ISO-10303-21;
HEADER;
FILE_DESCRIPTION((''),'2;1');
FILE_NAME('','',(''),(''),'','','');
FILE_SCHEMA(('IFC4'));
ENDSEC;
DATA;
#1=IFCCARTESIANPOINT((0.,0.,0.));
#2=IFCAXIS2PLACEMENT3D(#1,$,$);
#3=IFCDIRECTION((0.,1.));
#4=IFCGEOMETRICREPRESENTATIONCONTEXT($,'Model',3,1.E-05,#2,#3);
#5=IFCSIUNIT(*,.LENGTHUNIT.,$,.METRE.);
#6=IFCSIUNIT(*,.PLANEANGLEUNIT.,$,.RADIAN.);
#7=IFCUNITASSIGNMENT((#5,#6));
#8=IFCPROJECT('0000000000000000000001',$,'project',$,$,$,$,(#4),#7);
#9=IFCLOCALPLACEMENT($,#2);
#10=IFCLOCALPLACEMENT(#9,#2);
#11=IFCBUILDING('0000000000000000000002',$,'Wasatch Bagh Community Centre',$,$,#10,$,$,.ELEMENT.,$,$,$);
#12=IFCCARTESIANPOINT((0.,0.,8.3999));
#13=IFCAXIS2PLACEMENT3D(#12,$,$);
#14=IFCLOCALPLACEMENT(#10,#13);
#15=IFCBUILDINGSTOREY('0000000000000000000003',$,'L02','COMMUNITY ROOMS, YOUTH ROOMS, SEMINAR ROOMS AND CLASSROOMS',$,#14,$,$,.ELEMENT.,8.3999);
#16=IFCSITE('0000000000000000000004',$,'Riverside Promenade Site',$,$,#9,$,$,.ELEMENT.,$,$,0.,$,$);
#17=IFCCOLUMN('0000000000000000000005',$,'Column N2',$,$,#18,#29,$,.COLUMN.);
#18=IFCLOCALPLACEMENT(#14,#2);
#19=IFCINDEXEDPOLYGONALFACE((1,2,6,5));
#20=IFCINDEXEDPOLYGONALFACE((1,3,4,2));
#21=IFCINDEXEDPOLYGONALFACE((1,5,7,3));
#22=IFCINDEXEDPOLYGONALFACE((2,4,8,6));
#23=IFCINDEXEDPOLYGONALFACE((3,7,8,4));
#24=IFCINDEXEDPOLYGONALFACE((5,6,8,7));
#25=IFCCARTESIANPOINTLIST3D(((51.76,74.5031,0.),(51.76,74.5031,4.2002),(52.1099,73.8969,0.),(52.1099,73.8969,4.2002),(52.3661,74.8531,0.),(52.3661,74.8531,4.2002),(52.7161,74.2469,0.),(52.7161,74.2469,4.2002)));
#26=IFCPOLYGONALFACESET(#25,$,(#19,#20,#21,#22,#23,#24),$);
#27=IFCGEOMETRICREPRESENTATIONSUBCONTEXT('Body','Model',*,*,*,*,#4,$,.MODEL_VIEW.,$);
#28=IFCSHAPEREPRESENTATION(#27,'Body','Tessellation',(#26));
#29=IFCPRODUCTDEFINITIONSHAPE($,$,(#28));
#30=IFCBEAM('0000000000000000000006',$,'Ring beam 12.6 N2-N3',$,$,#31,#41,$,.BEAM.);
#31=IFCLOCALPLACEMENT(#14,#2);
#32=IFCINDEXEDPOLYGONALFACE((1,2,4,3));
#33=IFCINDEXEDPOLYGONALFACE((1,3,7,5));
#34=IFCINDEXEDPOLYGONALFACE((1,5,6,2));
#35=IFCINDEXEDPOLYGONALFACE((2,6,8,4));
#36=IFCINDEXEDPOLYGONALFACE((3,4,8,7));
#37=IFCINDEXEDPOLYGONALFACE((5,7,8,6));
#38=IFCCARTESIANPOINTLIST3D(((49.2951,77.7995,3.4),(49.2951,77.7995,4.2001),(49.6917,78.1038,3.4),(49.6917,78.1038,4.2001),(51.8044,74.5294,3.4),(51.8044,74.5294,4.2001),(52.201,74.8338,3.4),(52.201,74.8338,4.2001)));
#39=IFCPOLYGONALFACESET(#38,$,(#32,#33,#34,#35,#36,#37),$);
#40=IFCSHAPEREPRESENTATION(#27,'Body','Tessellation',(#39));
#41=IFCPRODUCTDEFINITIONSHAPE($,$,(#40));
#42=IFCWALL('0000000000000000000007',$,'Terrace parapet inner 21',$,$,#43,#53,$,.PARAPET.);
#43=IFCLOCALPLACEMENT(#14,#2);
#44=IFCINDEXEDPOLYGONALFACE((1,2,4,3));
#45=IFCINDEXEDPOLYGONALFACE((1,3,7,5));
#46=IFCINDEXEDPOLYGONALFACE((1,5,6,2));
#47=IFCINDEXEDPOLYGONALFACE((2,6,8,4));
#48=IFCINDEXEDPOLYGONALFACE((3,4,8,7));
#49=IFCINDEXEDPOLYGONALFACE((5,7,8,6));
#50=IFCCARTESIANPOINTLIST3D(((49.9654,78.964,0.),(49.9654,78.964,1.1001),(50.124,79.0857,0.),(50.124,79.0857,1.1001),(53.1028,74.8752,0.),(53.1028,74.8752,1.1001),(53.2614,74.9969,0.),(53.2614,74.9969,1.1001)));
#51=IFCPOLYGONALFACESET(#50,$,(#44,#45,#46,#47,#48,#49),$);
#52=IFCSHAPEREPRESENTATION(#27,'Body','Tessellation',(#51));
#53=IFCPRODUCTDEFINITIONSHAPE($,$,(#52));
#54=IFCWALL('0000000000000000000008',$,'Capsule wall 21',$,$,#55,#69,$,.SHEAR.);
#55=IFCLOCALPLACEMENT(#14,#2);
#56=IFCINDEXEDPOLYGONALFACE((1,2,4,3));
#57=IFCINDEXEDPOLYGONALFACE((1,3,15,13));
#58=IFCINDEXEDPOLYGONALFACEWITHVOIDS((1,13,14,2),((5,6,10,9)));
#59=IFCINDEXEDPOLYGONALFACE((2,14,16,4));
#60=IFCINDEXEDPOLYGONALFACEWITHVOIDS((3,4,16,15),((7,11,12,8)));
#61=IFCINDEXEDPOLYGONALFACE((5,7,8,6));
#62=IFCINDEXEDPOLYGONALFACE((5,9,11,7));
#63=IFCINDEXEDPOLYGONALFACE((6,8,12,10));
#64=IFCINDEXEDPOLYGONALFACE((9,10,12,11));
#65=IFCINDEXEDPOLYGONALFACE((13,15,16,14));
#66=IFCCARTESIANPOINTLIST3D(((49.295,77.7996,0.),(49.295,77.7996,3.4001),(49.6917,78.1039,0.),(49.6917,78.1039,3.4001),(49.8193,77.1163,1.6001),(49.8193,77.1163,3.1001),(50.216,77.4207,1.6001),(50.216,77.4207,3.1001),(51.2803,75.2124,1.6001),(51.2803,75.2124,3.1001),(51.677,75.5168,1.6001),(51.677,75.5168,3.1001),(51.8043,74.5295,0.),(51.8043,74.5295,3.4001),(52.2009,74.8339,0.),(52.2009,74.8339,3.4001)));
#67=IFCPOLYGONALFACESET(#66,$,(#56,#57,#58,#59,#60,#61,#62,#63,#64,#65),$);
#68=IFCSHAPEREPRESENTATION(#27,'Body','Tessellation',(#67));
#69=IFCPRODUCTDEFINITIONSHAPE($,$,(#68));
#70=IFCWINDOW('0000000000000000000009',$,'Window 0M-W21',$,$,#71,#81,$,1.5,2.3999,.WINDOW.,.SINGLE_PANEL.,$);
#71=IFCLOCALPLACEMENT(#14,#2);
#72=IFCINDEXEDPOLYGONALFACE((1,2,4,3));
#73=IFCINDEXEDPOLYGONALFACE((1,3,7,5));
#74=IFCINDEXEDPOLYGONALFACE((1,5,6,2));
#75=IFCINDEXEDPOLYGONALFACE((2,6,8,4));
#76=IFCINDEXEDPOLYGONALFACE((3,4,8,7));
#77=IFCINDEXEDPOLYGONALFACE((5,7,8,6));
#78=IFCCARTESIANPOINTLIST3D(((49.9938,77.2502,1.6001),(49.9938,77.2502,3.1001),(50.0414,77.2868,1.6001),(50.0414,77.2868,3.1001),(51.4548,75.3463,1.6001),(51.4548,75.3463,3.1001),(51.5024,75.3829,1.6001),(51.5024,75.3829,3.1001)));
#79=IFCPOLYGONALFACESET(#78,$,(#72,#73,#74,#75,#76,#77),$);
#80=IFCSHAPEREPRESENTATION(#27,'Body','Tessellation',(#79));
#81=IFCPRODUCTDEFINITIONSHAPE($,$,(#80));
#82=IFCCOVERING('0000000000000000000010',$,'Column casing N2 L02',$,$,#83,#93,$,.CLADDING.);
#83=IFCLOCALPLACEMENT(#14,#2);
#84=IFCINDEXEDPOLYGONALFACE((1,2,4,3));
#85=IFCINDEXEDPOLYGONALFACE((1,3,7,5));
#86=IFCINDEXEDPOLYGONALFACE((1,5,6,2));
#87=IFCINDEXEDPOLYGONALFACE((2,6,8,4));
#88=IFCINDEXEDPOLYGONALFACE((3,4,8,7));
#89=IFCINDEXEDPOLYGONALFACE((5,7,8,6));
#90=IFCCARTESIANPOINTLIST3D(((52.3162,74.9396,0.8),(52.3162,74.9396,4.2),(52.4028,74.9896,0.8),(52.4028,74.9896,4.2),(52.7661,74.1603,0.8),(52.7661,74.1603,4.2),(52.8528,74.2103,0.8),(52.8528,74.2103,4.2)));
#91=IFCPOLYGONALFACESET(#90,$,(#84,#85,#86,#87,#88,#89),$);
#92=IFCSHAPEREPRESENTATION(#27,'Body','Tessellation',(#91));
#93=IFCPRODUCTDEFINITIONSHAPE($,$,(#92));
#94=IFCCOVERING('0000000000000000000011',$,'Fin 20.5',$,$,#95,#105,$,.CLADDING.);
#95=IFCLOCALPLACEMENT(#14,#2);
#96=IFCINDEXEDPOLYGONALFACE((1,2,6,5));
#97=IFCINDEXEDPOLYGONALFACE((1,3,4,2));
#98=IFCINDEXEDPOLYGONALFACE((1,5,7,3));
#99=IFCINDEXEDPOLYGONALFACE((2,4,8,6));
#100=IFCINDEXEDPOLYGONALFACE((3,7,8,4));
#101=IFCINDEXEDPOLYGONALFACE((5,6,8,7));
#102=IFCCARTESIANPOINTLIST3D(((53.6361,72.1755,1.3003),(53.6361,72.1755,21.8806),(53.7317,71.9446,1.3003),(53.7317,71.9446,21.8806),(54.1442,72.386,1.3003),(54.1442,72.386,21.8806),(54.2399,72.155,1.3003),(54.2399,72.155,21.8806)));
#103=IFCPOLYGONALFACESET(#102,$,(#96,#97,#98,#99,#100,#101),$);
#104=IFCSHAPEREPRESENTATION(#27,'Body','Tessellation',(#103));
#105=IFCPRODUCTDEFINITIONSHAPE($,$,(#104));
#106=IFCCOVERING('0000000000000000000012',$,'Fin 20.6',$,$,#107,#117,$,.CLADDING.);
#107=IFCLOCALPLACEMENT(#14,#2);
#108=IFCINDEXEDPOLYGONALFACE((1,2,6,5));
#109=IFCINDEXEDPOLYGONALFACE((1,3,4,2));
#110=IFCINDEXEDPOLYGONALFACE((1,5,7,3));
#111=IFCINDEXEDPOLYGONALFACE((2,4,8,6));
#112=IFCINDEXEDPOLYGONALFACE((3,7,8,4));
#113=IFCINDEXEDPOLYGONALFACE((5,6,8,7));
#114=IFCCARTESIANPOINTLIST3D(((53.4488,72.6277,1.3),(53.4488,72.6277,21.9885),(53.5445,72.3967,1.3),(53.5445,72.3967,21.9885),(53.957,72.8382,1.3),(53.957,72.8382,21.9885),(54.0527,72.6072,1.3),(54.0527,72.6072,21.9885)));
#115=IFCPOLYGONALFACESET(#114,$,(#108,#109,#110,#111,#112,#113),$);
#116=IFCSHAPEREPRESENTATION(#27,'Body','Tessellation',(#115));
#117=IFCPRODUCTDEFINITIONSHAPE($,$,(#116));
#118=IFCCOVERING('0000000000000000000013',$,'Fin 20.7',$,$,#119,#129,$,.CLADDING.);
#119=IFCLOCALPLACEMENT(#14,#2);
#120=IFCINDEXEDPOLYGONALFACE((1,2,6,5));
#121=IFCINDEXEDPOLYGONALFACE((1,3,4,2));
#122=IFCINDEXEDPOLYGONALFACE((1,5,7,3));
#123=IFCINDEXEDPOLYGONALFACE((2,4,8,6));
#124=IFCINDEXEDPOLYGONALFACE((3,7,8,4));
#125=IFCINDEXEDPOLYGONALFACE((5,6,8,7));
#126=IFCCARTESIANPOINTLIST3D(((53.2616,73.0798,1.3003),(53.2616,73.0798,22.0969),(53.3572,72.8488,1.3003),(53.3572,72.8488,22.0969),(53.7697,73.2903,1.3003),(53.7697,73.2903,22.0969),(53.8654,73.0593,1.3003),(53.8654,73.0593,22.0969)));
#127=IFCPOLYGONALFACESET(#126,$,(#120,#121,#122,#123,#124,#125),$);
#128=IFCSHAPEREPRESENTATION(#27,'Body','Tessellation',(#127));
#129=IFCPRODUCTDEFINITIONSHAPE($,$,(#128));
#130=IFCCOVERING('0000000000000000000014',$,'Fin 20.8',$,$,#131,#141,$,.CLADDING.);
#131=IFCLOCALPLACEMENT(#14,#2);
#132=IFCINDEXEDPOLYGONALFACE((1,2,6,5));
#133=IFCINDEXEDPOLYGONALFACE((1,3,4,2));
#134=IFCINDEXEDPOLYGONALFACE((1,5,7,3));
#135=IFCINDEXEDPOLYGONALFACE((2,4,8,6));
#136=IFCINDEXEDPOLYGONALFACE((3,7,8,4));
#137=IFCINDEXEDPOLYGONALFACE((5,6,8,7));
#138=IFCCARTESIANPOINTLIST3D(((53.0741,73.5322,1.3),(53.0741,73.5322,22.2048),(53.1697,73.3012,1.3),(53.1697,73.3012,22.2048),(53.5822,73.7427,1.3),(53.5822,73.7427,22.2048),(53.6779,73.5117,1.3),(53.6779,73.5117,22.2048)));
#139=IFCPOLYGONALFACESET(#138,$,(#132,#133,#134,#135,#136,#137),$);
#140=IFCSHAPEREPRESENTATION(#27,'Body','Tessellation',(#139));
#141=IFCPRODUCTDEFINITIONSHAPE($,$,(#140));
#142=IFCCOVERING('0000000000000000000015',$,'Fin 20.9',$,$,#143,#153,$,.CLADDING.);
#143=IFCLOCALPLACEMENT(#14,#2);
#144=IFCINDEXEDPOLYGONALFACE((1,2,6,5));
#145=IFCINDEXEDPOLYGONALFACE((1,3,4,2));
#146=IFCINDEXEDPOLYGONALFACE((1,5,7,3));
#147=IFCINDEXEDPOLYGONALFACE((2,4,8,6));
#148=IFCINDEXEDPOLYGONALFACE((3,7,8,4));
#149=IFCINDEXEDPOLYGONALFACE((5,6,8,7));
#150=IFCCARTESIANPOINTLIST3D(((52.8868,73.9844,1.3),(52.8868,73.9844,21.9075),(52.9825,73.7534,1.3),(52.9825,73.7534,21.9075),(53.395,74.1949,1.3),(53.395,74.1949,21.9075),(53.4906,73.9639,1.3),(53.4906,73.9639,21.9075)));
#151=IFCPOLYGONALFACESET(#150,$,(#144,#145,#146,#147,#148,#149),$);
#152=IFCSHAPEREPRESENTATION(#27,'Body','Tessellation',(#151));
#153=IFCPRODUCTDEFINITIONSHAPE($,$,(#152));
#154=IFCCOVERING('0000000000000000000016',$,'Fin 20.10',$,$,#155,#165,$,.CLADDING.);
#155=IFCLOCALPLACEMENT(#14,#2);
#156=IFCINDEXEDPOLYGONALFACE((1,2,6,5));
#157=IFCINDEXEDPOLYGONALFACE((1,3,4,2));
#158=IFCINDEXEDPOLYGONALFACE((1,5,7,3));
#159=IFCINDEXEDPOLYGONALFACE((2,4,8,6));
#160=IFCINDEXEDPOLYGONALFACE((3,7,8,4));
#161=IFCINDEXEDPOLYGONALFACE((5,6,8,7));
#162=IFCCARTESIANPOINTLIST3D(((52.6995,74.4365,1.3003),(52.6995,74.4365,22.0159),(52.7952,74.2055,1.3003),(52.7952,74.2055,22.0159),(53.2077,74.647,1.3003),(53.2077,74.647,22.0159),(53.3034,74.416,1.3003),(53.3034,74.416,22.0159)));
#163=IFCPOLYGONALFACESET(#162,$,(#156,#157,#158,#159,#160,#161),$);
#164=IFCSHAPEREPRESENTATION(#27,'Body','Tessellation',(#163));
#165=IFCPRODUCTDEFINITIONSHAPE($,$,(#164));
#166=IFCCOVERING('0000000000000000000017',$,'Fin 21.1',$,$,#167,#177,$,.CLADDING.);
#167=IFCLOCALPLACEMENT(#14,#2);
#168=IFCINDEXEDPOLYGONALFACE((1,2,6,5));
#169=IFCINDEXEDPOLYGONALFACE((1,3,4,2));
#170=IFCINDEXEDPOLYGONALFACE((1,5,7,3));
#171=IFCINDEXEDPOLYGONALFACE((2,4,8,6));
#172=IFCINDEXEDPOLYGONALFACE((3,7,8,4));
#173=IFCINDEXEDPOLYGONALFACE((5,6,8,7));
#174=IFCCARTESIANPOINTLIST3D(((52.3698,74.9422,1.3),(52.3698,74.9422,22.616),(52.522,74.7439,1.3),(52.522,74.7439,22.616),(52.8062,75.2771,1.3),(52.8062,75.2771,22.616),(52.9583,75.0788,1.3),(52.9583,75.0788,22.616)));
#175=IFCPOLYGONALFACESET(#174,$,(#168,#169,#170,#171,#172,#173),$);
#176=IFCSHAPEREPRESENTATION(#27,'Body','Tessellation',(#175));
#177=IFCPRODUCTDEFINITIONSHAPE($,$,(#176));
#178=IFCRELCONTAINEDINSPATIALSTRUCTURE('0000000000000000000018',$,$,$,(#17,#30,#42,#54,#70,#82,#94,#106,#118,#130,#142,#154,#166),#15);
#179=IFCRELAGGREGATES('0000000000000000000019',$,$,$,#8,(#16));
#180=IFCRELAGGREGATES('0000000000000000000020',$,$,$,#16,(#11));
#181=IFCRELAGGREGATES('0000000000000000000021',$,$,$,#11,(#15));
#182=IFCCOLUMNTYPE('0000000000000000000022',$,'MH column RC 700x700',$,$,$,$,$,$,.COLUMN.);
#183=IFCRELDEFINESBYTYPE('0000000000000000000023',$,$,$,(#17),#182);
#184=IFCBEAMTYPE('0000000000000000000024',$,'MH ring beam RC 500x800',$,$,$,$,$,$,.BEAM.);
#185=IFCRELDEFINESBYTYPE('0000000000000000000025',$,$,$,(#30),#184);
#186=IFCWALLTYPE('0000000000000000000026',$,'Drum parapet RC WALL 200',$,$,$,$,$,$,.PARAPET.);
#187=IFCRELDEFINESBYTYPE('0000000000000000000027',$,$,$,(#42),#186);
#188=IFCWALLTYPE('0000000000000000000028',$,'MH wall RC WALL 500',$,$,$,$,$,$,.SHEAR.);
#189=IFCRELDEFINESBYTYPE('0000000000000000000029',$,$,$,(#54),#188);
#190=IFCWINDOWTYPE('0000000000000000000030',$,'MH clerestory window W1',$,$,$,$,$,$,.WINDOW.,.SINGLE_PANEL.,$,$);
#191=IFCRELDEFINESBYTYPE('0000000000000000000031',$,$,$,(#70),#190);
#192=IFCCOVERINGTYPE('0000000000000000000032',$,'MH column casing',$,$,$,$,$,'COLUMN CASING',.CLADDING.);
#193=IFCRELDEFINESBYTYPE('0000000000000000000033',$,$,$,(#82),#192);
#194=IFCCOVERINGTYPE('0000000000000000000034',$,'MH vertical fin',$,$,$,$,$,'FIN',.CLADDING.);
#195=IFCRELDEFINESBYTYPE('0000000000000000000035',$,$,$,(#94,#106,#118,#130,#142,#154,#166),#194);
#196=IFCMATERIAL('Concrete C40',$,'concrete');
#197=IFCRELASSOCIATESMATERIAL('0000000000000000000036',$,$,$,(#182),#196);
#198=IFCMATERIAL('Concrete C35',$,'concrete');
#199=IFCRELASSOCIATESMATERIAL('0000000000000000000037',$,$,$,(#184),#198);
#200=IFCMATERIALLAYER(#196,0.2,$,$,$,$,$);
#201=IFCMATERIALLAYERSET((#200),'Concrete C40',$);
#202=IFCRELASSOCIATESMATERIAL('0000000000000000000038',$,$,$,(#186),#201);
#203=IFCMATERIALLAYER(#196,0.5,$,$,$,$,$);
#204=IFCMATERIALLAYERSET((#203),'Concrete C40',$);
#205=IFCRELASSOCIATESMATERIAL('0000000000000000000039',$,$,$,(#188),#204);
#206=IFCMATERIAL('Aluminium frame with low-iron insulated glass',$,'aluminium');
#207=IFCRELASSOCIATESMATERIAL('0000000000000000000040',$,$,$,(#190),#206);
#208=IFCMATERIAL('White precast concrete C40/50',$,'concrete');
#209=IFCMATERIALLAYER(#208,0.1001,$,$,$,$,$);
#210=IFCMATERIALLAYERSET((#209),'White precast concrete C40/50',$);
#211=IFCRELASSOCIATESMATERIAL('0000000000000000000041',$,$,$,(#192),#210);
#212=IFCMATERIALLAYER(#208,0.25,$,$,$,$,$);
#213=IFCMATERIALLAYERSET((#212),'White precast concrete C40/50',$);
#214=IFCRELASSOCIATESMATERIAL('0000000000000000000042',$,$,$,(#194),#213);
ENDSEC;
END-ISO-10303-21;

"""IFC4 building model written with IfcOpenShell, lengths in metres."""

from ifc_helpers import new_model, si_unit, direction, frame, frame_2d, origin, origin_2d, place, context, subcontext, project, spatial, rectangle, extrude, material, layer, layer_set, material_profile, profile_set, type_object, element, fill, save


model = new_model("IFC4")

# Units and contexts
model_context = context("Model", 3, precision=1e-05, world=origin(), true_north=direction((0.0, 1.0)))
body_context = subcontext(model_context, "Body", "Model", "MODEL_VIEW")
ifc_project = project(units=[si_unit("LENGTHUNIT", "METRE"), si_unit("PLANEANGLEUNIT", "RADIAN")], contexts=[model_context])

# Site, building, storey
site_placement = place(None, origin())
site = spatial("IfcSite", under=ifc_project, at=site_placement, Name="Riverside Promenade Site", CompositionType="ELEMENT", RefElevation=0.0)
building_placement = place(site_placement, origin())
building = spatial("IfcBuilding", under=site, at=building_placement, Name="Wasatch Bagh Community Centre", CompositionType="ELEMENT")
storey_placement = place(building_placement, frame((0.0, 0.0, 8.3999)))
storey = spatial("IfcBuildingStorey", under=building, at=storey_placement, Name="L02", Description="COMMUNITY ROOMS, YOUTH ROOMS, SEMINAR ROOMS AND CLASSROOMS", CompositionType="ELEMENT", Elevation=8.3999)

# Column
ifc_material_1 = material(Name="Concrete C40", Category="concrete")
ifc_material_profile_1 = material_profile(ifc_material_1, rectangle(XDim=0.7, YDim=0.7, at=origin_2d()), Name="RC 700x700")
ifc_profile_set_1 = profile_set([ifc_material_profile_1], Name="Concrete C40")
column_type = type_object("IfcColumnType", Name="MH column RC 700x700", PredefinedType="COLUMN", material=ifc_profile_set_1)
column_placement = place(storey_placement, frame((52.238, 74.375, 0.0), z_axis=(0.0, 0.0, 1.0), x_axis=(0.866025, 0.5, 0.0)))
element("IfcColumn", 1, at=column_placement, inside=storey, type_object=column_type, Name="Column N2", PredefinedType="COLUMN", context=body_context, shape_type="SweptSolid", body=[
    extrude(rectangle(XDim=0.7, YDim=0.7, at=origin_2d()), origin(), (0.0, 0.0, 1.0), 4.2002),
])

# Beam
ifc_material_2 = material(Name="Concrete C35", Category="concrete")
ifc_material_profile_2 = material_profile(ifc_material_2, rectangle(XDim=0.5, YDim=0.8, at=origin_2d()), Name="RC 500x800")
ifc_profile_set_2 = profile_set([ifc_material_profile_2], Name="Concrete C35")
beam_type = type_object("IfcBeamType", Name="MH ring beam RC 500x800", PredefinedType="BEAM", material=ifc_profile_set_2)
beam_placement = place(storey_placement, frame((52.0027, 74.6816, 3.8), z_axis=(-0.608777, 0.793341, 0.0), x_axis=(-0.793341, -0.608777, 0.0)))
element("IfcBeam", 2, at=beam_placement, inside=storey, type_object=beam_type, Name="Ring beam 12.6 N2-N3", PredefinedType="BEAM", context=body_context, shape_type="SweptSolid", body=[
    extrude(rectangle(XDim=0.5, YDim=0.8, at=origin_2d()), origin(), (0.0, 0.0, 1.0), 4.1218),
])

# Wall
ifc_layer_1 = layer(ifc_material_1, 0.2)
ifc_layer_set_1 = layer_set([ifc_layer_1], Name="Concrete C40")
wall_type_1 = type_object("IfcWallType", Name="Drum parapet RC WALL 200", PredefinedType="PARAPET", material=ifc_layer_set_1)
wall_1_placement = place(storey_placement, frame((53.1821, 74.936, 0.0), z_axis=(0.0, 0.0, 1.0), x_axis=(-0.608756, 0.793358, 0.0)))
element("IfcWall", 3, at=wall_1_placement, inside=storey, type_object=wall_type_1, Name="Terrace parapet inner 21", PredefinedType="PARAPET", context=body_context, shape_type="SweptSolid", body=[
    extrude(rectangle(XDim=5.1538, YDim=0.2, at=frame_2d((2.5769, 0.0))), origin(), (0.0, 0.0, 1.0), 1.1001),
])

# Wall, opening, window
ifc_layer_2 = layer(ifc_material_1, 0.5)
ifc_layer_set_2 = layer_set([ifc_layer_2], Name="Concrete C40")
wall_type_2 = type_object("IfcWallType", Name="MH wall RC WALL 500", PredefinedType="SHEAR", material=ifc_layer_set_2)
wall_2_placement = place(storey_placement, frame((52.0027, 74.6816, 0.0), z_axis=(0.0, 0.0, 1.0), x_axis=(-0.608777, 0.793341, 0.0)))
wall_2 = element("IfcWall", 4, at=wall_2_placement, inside=storey, type_object=wall_type_2, Name="Capsule wall 21", PredefinedType="SHEAR", context=body_context, shape_type="SweptSolid", body=[
    extrude(rectangle(XDim=4.1218, YDim=0.5, at=frame_2d((2.061, 0.0))), origin(), (0.0, 0.0, 1.0), 3.4001),
])
opening_placement = place(wall_2_placement, frame((0.8608, 0.0, 1.6001)))
opening = element("IfcOpeningElement", 5, at=opening_placement, cuts=wall_2, PredefinedType="OPENING", context=body_context, shape_type="SweptSolid", body=[
    extrude(rectangle(XDim=2.3999, YDim=1.5, at=frame_2d((1.2, 0.75))), frame((0.0, 0.26, 0.0), z_axis=(0.0, -1.0, 0.0), x_axis=(1.0, 0.0, 0.0)), (0.0, 0.0, 1.0), 0.52),
])
ifc_material_3 = material(Name="Aluminium frame with low-iron insulated glass", Category="aluminium")
window_type = type_object("IfcWindowType", Name="MH clerestory window W1", PartitioningType="SINGLE_PANEL", PredefinedType="WINDOW", material=ifc_material_3)
window_placement = place(opening_placement, origin())
window = element("IfcWindow", 6, at=window_placement, inside=storey, type_object=window_type, Name="Window 0M-W21", OverallHeight=1.5, OverallWidth=2.3999, PartitioningType="SINGLE_PANEL", PredefinedType="WINDOW", context=body_context, shape_type="SweptSolid", body=[
    extrude(rectangle(XDim=2.3999, YDim=1.5, at=frame_2d((1.2, 0.75))), frame((0.0, 0.03, 0.0), z_axis=(0.0, -1.0, 0.0), x_axis=(1.0, 0.0, 0.0)), (0.0, 0.0, 1.0), 0.0601),
])
fill(opening, window)

# Coverings
ifc_material_4 = material(Name="White precast concrete C40/50", Category="concrete")
ifc_layer_3 = layer(ifc_material_4, 0.1001)
ifc_layer_set_3 = layer_set([ifc_layer_3], Name="White precast concrete C40/50")
covering_type_1 = type_object("IfcCoveringType", Name="MH column casing", ElementType="COLUMN CASING", PredefinedType="CLADDING", material=ifc_layer_set_3)
covering_1_placement = place(storey_placement, frame((52.5845, 74.575, 0.8), z_axis=(0.0, 0.0, 1.0), x_axis=(-0.5, 0.866025, 0.0)))
element("IfcCovering", 7, at=covering_1_placement, inside=storey, type_object=covering_type_1, Name="Column casing N2 L02", PredefinedType="CLADDING", context=body_context, shape_type="SweptSolid", body=[
    extrude(rectangle(XDim=0.8999, YDim=0.1001, at=origin_2d()), origin(), (0.0, 0.0, 1.0), 3.3999),
])
ifc_layer_4 = layer(ifc_material_4, 0.25)
ifc_layer_set_4 = layer_set([ifc_layer_4], Name="White precast concrete C40/50")
covering_type_2 = type_object("IfcCoveringType", Name="MH vertical fin", ElementType="FIN", PredefinedType="CLADDING", material=ifc_layer_set_4)
covering_2_placement = place(storey_placement, frame((53.938, 72.1653, 1.3003), z_axis=(0.0, 0.0, 1.0), x_axis=(-0.382683, 0.92388, 0.0)))
element("IfcCovering", 8, at=covering_2_placement, inside=storey, type_object=covering_type_2, Name="Fin 20.5", PredefinedType="CLADDING", context=body_context, shape_type="SweptSolid", body=[
    extrude(rectangle(XDim=0.25, YDim=0.55, at=origin_2d()), origin(), (0.0, 0.0, 1.0), 20.5803),
])
covering_3_placement = place(storey_placement, frame((53.7507, 72.6174, 1.3), z_axis=(0.0, 0.0, 1.0), x_axis=(-0.382683, 0.92388, 0.0)))
element("IfcCovering", 9, at=covering_3_placement, inside=storey, type_object=covering_type_2, Name="Fin 20.6", PredefinedType="CLADDING", context=body_context, shape_type="SweptSolid", body=[
    extrude(rectangle(XDim=0.25, YDim=0.55, at=origin_2d()), origin(), (0.0, 0.0, 1.0), 20.6885),
])
covering_4_placement = place(storey_placement, frame((53.5635, 73.0696, 1.3003), z_axis=(0.0, 0.0, 1.0), x_axis=(-0.382683, 0.92388, 0.0)))
element("IfcCovering", 10, at=covering_4_placement, inside=storey, type_object=covering_type_2, Name="Fin 20.7", PredefinedType="CLADDING", context=body_context, shape_type="SweptSolid", body=[
    extrude(rectangle(XDim=0.25, YDim=0.55, at=origin_2d()), origin(), (0.0, 0.0, 1.0), 20.7966),
])
covering_5_placement = place(storey_placement, frame((53.376, 73.522, 1.3), z_axis=(0.0, 0.0, 1.0), x_axis=(-0.382683, 0.92388, 0.0)))
element("IfcCovering", 11, at=covering_5_placement, inside=storey, type_object=covering_type_2, Name="Fin 20.8", PredefinedType="CLADDING", context=body_context, shape_type="SweptSolid", body=[
    extrude(rectangle(XDim=0.25, YDim=0.55, at=origin_2d()), origin(), (0.0, 0.0, 1.0), 20.9048),
])
covering_6_placement = place(storey_placement, frame((53.1887, 73.9741, 1.3), z_axis=(0.0, 0.0, 1.0), x_axis=(-0.382683, 0.92388, 0.0)))
element("IfcCovering", 12, at=covering_6_placement, inside=storey, type_object=covering_type_2, Name="Fin 20.9", PredefinedType="CLADDING", context=body_context, shape_type="SweptSolid", body=[
    extrude(rectangle(XDim=0.25, YDim=0.55, at=origin_2d()), origin(), (0.0, 0.0, 1.0), 20.6074),
])
covering_7_placement = place(storey_placement, frame((53.0015, 74.4263, 1.3003), z_axis=(0.0, 0.0, 1.0), x_axis=(-0.382683, 0.92388, 0.0)))
element("IfcCovering", 13, at=covering_7_placement, inside=storey, type_object=covering_type_2, Name="Fin 20.10", PredefinedType="CLADDING", context=body_context, shape_type="SweptSolid", body=[
    extrude(rectangle(XDim=0.25, YDim=0.55, at=origin_2d()), origin(), (0.0, 0.0, 1.0), 20.7156),
])
covering_8_placement = place(storey_placement, frame((52.6641, 75.0105, 1.3), z_axis=(0.0, 0.0, 1.0), x_axis=(-0.608761, 0.793353, 0.0)))
element("IfcCovering", 14, at=covering_8_placement, inside=storey, type_object=covering_type_2, Name="Fin 21.1", PredefinedType="CLADDING", context=body_context, shape_type="SweptSolid", body=[
    extrude(rectangle(XDim=0.25, YDim=0.55, at=origin_2d()), origin(), (0.0, 0.0, 1.0), 21.3159),
])

save(model, "model.ifc")
